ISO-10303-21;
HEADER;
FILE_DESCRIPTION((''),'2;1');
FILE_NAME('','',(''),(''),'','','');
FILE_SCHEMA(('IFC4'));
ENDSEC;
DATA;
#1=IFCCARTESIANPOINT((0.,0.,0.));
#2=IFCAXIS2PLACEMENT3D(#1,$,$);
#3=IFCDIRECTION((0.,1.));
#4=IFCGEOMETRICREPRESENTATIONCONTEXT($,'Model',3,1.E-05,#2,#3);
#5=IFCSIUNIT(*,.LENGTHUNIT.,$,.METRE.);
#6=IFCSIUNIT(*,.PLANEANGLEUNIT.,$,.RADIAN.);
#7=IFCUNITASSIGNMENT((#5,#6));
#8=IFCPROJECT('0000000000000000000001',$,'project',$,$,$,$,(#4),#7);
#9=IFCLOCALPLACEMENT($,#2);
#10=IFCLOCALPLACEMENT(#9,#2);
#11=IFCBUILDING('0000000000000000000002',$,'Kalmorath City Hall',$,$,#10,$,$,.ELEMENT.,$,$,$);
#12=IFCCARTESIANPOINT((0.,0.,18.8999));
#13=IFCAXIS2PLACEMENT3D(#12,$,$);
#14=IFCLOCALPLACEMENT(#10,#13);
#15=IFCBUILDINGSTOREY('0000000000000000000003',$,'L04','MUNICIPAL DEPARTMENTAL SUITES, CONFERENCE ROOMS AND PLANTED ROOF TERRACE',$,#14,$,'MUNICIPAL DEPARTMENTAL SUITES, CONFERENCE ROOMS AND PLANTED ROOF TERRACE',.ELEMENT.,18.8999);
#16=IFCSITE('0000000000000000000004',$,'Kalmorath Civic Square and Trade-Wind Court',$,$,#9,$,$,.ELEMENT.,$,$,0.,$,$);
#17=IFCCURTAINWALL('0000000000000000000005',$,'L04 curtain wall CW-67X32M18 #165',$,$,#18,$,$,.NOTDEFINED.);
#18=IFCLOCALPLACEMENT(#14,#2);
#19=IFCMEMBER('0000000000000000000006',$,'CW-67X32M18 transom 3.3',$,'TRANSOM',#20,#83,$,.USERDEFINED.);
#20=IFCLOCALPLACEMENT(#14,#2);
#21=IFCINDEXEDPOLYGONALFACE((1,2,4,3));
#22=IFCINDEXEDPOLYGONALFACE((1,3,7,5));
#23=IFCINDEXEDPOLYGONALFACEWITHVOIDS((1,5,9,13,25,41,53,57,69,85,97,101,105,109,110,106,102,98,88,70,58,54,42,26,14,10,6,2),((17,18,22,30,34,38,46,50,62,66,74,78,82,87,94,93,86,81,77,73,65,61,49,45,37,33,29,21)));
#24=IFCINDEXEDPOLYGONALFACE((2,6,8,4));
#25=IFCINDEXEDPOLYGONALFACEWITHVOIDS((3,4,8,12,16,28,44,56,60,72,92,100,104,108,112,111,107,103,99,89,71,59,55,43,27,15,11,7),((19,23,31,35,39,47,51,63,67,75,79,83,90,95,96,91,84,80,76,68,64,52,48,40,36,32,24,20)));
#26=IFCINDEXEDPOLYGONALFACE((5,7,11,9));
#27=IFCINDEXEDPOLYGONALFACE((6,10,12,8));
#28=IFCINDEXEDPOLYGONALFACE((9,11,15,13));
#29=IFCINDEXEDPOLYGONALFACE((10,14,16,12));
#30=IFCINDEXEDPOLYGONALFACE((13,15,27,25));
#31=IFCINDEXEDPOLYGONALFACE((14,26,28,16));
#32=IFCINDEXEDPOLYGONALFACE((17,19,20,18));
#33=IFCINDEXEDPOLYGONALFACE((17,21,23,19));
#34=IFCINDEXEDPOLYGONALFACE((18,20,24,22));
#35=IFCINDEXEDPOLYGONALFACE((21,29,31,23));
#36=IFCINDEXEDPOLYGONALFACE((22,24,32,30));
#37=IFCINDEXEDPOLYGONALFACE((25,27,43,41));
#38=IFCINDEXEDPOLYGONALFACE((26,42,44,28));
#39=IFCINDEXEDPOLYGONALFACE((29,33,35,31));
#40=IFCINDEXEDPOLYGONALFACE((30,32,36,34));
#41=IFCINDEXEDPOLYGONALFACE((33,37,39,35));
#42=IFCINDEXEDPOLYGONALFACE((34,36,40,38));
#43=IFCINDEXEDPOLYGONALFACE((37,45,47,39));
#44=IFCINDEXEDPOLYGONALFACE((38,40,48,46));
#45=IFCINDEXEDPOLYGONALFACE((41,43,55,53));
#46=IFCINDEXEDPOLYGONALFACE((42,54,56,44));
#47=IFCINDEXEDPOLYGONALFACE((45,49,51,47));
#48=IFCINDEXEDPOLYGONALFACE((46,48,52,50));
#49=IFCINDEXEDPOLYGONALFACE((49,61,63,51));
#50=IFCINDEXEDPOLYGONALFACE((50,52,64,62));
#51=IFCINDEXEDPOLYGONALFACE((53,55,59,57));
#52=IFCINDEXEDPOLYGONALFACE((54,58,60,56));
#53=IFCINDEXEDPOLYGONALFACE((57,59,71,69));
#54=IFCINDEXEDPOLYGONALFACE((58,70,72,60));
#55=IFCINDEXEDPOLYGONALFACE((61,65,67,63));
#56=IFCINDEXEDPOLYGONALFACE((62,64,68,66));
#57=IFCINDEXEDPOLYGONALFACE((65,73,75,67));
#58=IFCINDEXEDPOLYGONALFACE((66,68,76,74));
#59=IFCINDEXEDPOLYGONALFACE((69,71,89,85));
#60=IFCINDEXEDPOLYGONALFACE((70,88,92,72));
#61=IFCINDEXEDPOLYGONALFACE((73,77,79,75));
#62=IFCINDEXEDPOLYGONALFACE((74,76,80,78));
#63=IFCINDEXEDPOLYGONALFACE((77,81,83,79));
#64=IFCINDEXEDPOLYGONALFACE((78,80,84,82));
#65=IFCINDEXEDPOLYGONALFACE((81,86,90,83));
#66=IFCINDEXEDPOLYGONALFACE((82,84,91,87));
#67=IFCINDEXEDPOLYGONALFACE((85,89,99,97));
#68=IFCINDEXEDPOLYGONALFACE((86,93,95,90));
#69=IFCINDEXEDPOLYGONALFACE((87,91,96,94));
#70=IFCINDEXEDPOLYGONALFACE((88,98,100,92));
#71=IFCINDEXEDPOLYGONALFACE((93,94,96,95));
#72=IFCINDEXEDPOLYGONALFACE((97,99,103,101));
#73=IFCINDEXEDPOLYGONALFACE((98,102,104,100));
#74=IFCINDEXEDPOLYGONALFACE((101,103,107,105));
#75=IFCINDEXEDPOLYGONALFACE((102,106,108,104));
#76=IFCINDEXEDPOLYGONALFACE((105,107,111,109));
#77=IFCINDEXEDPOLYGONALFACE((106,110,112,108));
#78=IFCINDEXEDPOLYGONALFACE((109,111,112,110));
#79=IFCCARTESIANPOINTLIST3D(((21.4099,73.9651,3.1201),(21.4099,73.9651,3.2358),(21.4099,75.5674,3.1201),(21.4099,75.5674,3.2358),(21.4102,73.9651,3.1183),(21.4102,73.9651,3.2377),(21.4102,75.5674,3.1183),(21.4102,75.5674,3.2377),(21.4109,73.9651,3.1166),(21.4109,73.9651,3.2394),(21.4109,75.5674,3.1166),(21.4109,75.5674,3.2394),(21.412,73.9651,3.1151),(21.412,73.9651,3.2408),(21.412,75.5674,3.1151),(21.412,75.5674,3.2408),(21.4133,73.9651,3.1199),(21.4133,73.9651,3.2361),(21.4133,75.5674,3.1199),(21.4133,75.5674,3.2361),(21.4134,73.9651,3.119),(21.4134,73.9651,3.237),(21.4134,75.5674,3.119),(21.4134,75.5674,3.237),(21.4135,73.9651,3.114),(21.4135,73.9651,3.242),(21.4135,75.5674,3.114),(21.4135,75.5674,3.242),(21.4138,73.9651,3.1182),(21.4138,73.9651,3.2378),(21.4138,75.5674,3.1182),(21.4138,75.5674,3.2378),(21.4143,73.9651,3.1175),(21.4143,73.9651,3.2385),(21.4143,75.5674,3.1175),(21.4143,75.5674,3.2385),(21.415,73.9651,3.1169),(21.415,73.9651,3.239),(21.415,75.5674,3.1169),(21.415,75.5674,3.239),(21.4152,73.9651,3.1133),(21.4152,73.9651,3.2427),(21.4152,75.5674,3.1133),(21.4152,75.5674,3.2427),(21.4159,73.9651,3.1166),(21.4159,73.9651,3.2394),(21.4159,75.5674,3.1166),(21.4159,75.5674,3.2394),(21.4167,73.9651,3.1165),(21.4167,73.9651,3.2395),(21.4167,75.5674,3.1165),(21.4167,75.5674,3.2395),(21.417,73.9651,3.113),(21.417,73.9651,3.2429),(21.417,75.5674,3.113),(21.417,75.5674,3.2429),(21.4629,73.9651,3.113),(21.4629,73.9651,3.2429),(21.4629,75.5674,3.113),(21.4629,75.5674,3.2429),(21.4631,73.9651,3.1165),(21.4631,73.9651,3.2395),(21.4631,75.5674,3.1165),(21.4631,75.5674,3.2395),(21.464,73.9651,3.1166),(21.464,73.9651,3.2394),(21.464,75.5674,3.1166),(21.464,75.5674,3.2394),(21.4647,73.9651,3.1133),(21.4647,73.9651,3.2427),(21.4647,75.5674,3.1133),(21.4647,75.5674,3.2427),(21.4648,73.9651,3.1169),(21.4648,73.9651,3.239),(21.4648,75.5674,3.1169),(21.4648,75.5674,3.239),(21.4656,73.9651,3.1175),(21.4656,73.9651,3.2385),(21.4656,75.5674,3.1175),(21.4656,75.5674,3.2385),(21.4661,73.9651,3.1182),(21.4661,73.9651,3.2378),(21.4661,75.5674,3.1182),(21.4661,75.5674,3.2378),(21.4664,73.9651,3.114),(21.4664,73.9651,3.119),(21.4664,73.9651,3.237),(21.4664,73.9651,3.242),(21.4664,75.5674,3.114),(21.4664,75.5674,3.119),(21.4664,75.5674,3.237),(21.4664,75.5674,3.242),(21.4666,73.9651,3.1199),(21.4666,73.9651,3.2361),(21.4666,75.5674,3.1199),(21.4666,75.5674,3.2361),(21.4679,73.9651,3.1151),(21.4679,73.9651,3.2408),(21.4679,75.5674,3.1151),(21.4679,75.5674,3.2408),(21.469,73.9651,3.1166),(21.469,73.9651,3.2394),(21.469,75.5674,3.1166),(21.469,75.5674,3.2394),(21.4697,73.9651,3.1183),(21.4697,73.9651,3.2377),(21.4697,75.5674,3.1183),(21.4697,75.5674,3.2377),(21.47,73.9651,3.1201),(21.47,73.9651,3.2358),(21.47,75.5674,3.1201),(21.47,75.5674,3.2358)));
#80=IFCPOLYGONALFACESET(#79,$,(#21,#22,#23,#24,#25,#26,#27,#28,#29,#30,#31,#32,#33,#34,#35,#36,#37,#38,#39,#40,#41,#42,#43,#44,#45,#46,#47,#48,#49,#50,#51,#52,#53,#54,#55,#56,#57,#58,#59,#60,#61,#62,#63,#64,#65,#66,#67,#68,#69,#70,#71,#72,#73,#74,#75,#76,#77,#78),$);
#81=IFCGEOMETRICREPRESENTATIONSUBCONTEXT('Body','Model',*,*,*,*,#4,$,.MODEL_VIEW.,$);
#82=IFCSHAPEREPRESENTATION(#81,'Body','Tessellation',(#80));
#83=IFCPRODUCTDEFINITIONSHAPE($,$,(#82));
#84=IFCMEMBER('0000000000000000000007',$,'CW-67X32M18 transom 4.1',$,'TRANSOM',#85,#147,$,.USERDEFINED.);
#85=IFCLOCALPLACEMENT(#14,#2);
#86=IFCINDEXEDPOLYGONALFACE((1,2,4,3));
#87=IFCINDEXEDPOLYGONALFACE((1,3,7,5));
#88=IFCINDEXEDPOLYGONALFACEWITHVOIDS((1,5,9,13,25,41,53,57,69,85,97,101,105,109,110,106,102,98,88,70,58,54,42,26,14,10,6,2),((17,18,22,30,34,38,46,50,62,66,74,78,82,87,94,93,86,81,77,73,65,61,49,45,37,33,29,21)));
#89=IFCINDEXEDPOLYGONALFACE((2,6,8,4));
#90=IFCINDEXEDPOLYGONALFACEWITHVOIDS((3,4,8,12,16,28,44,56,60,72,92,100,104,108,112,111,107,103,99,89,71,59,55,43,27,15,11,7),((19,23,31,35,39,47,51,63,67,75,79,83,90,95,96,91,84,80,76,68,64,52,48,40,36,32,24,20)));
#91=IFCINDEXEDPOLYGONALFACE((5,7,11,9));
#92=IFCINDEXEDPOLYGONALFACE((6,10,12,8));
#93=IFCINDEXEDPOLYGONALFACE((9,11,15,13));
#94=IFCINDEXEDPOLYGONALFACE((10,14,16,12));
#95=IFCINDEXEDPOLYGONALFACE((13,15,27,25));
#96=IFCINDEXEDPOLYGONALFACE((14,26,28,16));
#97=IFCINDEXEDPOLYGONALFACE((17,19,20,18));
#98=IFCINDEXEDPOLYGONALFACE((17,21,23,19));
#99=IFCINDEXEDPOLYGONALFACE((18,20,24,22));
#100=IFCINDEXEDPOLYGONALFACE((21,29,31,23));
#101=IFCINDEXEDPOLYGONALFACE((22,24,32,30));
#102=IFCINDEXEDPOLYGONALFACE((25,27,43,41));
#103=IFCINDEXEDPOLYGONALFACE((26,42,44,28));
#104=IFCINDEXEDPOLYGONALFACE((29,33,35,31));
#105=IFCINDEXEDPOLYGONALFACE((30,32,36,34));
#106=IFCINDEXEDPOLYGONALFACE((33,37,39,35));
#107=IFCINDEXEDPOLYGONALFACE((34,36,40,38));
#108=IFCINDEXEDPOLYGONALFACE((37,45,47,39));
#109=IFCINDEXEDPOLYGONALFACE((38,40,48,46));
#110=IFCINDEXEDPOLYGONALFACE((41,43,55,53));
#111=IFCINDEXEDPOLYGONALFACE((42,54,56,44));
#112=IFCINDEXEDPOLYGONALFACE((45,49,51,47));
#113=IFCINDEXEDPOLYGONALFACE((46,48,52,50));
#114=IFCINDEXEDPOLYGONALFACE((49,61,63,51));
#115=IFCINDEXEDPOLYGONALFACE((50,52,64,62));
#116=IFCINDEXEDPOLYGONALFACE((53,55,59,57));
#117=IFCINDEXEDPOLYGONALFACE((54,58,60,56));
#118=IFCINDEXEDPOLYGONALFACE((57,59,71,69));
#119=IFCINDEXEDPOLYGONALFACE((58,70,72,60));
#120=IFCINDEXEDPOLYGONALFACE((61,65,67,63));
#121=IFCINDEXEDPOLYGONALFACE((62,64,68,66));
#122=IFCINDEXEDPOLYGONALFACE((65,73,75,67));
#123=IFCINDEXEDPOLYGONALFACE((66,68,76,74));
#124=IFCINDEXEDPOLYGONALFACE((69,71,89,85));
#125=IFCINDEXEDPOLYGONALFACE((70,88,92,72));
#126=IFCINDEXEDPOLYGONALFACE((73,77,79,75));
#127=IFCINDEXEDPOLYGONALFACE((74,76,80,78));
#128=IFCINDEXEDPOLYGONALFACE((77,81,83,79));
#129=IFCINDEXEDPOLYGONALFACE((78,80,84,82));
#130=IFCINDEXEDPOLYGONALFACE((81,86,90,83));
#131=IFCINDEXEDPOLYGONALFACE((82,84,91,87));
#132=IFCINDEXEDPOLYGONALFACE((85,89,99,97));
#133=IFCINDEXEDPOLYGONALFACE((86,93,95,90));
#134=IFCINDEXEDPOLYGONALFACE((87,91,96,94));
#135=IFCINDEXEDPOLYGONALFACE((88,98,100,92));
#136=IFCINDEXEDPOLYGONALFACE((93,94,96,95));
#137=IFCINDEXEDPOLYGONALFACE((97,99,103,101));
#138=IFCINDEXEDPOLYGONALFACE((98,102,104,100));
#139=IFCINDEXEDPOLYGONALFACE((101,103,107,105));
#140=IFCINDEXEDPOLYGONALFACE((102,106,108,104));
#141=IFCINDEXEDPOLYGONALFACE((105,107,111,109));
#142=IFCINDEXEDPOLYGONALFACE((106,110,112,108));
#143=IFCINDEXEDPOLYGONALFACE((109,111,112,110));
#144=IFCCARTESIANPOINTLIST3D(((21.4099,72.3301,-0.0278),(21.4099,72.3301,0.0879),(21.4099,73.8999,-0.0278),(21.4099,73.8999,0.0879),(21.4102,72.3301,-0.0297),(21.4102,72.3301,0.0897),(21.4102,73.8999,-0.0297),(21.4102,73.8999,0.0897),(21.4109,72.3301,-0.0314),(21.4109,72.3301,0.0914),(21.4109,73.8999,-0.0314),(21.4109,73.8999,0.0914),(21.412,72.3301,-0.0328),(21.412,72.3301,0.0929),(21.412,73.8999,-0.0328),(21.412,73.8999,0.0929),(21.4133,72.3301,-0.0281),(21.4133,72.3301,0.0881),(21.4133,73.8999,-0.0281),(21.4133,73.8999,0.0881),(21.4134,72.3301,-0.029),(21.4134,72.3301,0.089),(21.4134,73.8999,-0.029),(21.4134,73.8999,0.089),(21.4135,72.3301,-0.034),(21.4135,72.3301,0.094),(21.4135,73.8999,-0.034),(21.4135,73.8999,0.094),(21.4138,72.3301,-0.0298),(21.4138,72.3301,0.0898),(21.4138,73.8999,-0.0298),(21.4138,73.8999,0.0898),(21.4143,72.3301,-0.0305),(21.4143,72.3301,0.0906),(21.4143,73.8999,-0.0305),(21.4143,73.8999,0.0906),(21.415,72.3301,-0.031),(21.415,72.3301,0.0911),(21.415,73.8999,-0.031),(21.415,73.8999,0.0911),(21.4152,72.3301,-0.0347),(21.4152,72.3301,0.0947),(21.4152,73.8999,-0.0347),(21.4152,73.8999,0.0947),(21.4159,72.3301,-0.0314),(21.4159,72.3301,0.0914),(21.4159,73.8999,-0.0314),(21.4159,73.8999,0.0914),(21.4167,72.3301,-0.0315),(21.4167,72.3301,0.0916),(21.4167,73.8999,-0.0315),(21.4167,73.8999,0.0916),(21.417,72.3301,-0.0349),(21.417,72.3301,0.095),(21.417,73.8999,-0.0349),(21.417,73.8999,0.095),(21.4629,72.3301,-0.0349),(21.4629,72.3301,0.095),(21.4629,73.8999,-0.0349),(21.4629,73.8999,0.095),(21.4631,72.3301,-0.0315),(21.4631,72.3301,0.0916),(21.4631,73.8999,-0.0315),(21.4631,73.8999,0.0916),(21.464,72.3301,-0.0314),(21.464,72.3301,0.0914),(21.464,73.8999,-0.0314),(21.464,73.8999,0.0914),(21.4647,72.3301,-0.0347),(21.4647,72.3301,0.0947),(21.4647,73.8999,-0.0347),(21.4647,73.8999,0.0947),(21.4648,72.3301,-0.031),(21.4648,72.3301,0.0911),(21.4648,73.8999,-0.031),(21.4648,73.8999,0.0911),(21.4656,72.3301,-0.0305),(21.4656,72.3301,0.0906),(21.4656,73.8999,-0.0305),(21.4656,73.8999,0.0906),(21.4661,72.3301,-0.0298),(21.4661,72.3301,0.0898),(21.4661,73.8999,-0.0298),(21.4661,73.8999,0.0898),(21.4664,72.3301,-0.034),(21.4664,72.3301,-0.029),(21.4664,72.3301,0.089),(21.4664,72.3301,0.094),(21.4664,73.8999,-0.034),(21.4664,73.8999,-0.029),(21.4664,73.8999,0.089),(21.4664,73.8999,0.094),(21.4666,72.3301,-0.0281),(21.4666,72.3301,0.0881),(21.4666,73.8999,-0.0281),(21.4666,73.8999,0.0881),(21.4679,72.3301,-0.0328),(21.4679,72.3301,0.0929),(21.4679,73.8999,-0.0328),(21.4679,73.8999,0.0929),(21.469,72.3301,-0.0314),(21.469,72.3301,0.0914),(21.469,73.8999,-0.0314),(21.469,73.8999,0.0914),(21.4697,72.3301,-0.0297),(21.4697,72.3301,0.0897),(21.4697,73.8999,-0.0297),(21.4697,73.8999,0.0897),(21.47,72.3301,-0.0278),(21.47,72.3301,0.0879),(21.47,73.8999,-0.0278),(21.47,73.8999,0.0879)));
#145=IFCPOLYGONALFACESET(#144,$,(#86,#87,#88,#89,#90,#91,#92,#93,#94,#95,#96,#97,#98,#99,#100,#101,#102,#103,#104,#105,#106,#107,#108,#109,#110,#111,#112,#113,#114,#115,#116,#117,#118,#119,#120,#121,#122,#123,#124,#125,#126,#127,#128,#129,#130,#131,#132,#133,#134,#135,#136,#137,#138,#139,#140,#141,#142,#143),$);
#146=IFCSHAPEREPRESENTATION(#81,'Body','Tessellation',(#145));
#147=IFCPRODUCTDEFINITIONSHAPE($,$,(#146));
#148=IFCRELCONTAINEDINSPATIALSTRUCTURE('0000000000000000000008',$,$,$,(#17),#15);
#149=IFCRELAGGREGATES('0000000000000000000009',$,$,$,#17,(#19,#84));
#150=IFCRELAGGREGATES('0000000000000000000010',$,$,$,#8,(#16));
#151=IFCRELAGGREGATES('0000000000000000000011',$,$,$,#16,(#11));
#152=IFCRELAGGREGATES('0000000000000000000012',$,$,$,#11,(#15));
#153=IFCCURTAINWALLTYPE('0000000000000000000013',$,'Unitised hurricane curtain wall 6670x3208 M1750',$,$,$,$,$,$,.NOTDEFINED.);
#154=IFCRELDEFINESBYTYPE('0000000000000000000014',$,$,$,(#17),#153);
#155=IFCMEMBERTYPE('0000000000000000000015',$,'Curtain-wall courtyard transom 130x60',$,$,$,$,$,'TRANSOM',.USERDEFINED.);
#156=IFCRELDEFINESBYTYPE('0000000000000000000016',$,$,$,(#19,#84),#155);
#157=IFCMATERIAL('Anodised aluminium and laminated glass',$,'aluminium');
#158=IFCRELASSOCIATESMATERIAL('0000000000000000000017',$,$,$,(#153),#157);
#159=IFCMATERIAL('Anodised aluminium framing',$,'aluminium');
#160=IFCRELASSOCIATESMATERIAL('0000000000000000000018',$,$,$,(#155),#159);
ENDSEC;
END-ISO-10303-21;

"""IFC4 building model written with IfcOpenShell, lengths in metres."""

from ifc_helpers import new_model, si_unit, direction, frame, origin, origin_2d, place, context, subcontext, project, spatial, hollow_rectangle, extrude, material, material_profile, profile_set, type_object, element, aggregate, save


model = new_model("IFC4")

# Units and contexts
model_context = context("Model", 3, precision=1e-05, world=origin(), true_north=direction((0.0, 1.0)))
body_context = subcontext(model_context, "Body", "Model", "MODEL_VIEW")
ifc_project = project(units=[si_unit("LENGTHUNIT", "METRE"), si_unit("PLANEANGLEUNIT", "RADIAN")], contexts=[model_context])

# Site, building, storey
site_placement = place(None, origin())
site = spatial("IfcSite", under=ifc_project, at=site_placement, Name="Kalmorath Civic Square and Trade-Wind Court", CompositionType="ELEMENT", RefElevation=0.0)
building_placement = place(site_placement, origin())
building = spatial("IfcBuilding", under=site, at=building_placement, Name="Kalmorath City Hall", CompositionType="ELEMENT")
storey_placement = place(building_placement, frame((0.0, 0.0, 18.8999)))
storey = spatial("IfcBuildingStorey", under=building, at=storey_placement, Name="L04", Description="MUNICIPAL DEPARTMENTAL SUITES, CONFERENCE ROOMS AND PLANTED ROOF TERRACE", LongName="MUNICIPAL DEPARTMENTAL SUITES, CONFERENCE ROOMS AND PLANTED ROOF TERRACE", CompositionType="ELEMENT", Elevation=18.8999)

# Curtain wall
ifc_material_1 = material(Name="Anodised aluminium and laminated glass", Category="aluminium")
curtain_wall_type_1 = type_object("IfcCurtainWallType", Name="Unitised hurricane curtain wall 6670x3208 M1750", PredefinedType="NOTDEFINED", material=ifc_material_1)
curtain_wall_1_placement = place(storey_placement, origin())
curtain_wall_1 = element("IfcCurtainWall", 1, at=curtain_wall_1_placement, inside=storey, type_object=curtain_wall_type_1, Name="L04 curtain wall CW-67X32M18 #165", PredefinedType="NOTDEFINED")

# Members
ifc_material_2 = material(Name="Anodised aluminium framing", Category="aluminium")
ifc_material_profile_1 = material_profile(ifc_material_2, hollow_rectangle(XDim=0.0601, YDim=0.1299, WallThickness=0.0034, InnerFilletRadius=0.0034, OuterFilletRadius=0.0071, at=origin_2d()), Name="ALU-TRN-130X60X3.5")
ifc_profile_set_1 = profile_set([ifc_material_profile_1], Name="Anodised aluminium framing")
member_type_1 = type_object("IfcMemberType", Name="Curtain-wall courtyard transom 130x60", ElementType="TRANSOM", PredefinedType="USERDEFINED", material=ifc_profile_set_1)
member_1_placement = place(storey_placement, frame((21.4399, 75.5674, 3.178), z_axis=(0.0, -1.0, 0.0), x_axis=(1.0, 0.0, 0.0)))
member_1 = element("IfcMember", 2, at=member_1_placement, type_object=member_type_1, Name="CW-67X32M18 transom 3.3", ObjectType="TRANSOM", PredefinedType="USERDEFINED", context=body_context, shape_type="SweptSolid", body=[
    extrude(hollow_rectangle(XDim=0.0601, YDim=0.1299, WallThickness=0.0034, InnerFilletRadius=0.0034, OuterFilletRadius=0.0071, at=origin_2d()), origin(), (0.0, 0.0, 1.0), 1.6023),
])
member_2_placement = place(storey_placement, frame((21.4399, 73.8999, 0.03), z_axis=(0.0, -1.0, 0.0), x_axis=(1.0, 0.0, 0.0)))
member_2 = element("IfcMember", 3, at=member_2_placement, type_object=member_type_1, Name="CW-67X32M18 transom 4.1", ObjectType="TRANSOM", PredefinedType="USERDEFINED", context=body_context, shape_type="SweptSolid", body=[
    extrude(hollow_rectangle(XDim=0.0601, YDim=0.1299, WallThickness=0.0034, InnerFilletRadius=0.0034, OuterFilletRadius=0.0071, at=origin_2d()), origin(), (0.0, 0.0, 1.0), 1.5698),
])

aggregate(curtain_wall_1, [member_1, member_2])

save(model, "model.ifc")
